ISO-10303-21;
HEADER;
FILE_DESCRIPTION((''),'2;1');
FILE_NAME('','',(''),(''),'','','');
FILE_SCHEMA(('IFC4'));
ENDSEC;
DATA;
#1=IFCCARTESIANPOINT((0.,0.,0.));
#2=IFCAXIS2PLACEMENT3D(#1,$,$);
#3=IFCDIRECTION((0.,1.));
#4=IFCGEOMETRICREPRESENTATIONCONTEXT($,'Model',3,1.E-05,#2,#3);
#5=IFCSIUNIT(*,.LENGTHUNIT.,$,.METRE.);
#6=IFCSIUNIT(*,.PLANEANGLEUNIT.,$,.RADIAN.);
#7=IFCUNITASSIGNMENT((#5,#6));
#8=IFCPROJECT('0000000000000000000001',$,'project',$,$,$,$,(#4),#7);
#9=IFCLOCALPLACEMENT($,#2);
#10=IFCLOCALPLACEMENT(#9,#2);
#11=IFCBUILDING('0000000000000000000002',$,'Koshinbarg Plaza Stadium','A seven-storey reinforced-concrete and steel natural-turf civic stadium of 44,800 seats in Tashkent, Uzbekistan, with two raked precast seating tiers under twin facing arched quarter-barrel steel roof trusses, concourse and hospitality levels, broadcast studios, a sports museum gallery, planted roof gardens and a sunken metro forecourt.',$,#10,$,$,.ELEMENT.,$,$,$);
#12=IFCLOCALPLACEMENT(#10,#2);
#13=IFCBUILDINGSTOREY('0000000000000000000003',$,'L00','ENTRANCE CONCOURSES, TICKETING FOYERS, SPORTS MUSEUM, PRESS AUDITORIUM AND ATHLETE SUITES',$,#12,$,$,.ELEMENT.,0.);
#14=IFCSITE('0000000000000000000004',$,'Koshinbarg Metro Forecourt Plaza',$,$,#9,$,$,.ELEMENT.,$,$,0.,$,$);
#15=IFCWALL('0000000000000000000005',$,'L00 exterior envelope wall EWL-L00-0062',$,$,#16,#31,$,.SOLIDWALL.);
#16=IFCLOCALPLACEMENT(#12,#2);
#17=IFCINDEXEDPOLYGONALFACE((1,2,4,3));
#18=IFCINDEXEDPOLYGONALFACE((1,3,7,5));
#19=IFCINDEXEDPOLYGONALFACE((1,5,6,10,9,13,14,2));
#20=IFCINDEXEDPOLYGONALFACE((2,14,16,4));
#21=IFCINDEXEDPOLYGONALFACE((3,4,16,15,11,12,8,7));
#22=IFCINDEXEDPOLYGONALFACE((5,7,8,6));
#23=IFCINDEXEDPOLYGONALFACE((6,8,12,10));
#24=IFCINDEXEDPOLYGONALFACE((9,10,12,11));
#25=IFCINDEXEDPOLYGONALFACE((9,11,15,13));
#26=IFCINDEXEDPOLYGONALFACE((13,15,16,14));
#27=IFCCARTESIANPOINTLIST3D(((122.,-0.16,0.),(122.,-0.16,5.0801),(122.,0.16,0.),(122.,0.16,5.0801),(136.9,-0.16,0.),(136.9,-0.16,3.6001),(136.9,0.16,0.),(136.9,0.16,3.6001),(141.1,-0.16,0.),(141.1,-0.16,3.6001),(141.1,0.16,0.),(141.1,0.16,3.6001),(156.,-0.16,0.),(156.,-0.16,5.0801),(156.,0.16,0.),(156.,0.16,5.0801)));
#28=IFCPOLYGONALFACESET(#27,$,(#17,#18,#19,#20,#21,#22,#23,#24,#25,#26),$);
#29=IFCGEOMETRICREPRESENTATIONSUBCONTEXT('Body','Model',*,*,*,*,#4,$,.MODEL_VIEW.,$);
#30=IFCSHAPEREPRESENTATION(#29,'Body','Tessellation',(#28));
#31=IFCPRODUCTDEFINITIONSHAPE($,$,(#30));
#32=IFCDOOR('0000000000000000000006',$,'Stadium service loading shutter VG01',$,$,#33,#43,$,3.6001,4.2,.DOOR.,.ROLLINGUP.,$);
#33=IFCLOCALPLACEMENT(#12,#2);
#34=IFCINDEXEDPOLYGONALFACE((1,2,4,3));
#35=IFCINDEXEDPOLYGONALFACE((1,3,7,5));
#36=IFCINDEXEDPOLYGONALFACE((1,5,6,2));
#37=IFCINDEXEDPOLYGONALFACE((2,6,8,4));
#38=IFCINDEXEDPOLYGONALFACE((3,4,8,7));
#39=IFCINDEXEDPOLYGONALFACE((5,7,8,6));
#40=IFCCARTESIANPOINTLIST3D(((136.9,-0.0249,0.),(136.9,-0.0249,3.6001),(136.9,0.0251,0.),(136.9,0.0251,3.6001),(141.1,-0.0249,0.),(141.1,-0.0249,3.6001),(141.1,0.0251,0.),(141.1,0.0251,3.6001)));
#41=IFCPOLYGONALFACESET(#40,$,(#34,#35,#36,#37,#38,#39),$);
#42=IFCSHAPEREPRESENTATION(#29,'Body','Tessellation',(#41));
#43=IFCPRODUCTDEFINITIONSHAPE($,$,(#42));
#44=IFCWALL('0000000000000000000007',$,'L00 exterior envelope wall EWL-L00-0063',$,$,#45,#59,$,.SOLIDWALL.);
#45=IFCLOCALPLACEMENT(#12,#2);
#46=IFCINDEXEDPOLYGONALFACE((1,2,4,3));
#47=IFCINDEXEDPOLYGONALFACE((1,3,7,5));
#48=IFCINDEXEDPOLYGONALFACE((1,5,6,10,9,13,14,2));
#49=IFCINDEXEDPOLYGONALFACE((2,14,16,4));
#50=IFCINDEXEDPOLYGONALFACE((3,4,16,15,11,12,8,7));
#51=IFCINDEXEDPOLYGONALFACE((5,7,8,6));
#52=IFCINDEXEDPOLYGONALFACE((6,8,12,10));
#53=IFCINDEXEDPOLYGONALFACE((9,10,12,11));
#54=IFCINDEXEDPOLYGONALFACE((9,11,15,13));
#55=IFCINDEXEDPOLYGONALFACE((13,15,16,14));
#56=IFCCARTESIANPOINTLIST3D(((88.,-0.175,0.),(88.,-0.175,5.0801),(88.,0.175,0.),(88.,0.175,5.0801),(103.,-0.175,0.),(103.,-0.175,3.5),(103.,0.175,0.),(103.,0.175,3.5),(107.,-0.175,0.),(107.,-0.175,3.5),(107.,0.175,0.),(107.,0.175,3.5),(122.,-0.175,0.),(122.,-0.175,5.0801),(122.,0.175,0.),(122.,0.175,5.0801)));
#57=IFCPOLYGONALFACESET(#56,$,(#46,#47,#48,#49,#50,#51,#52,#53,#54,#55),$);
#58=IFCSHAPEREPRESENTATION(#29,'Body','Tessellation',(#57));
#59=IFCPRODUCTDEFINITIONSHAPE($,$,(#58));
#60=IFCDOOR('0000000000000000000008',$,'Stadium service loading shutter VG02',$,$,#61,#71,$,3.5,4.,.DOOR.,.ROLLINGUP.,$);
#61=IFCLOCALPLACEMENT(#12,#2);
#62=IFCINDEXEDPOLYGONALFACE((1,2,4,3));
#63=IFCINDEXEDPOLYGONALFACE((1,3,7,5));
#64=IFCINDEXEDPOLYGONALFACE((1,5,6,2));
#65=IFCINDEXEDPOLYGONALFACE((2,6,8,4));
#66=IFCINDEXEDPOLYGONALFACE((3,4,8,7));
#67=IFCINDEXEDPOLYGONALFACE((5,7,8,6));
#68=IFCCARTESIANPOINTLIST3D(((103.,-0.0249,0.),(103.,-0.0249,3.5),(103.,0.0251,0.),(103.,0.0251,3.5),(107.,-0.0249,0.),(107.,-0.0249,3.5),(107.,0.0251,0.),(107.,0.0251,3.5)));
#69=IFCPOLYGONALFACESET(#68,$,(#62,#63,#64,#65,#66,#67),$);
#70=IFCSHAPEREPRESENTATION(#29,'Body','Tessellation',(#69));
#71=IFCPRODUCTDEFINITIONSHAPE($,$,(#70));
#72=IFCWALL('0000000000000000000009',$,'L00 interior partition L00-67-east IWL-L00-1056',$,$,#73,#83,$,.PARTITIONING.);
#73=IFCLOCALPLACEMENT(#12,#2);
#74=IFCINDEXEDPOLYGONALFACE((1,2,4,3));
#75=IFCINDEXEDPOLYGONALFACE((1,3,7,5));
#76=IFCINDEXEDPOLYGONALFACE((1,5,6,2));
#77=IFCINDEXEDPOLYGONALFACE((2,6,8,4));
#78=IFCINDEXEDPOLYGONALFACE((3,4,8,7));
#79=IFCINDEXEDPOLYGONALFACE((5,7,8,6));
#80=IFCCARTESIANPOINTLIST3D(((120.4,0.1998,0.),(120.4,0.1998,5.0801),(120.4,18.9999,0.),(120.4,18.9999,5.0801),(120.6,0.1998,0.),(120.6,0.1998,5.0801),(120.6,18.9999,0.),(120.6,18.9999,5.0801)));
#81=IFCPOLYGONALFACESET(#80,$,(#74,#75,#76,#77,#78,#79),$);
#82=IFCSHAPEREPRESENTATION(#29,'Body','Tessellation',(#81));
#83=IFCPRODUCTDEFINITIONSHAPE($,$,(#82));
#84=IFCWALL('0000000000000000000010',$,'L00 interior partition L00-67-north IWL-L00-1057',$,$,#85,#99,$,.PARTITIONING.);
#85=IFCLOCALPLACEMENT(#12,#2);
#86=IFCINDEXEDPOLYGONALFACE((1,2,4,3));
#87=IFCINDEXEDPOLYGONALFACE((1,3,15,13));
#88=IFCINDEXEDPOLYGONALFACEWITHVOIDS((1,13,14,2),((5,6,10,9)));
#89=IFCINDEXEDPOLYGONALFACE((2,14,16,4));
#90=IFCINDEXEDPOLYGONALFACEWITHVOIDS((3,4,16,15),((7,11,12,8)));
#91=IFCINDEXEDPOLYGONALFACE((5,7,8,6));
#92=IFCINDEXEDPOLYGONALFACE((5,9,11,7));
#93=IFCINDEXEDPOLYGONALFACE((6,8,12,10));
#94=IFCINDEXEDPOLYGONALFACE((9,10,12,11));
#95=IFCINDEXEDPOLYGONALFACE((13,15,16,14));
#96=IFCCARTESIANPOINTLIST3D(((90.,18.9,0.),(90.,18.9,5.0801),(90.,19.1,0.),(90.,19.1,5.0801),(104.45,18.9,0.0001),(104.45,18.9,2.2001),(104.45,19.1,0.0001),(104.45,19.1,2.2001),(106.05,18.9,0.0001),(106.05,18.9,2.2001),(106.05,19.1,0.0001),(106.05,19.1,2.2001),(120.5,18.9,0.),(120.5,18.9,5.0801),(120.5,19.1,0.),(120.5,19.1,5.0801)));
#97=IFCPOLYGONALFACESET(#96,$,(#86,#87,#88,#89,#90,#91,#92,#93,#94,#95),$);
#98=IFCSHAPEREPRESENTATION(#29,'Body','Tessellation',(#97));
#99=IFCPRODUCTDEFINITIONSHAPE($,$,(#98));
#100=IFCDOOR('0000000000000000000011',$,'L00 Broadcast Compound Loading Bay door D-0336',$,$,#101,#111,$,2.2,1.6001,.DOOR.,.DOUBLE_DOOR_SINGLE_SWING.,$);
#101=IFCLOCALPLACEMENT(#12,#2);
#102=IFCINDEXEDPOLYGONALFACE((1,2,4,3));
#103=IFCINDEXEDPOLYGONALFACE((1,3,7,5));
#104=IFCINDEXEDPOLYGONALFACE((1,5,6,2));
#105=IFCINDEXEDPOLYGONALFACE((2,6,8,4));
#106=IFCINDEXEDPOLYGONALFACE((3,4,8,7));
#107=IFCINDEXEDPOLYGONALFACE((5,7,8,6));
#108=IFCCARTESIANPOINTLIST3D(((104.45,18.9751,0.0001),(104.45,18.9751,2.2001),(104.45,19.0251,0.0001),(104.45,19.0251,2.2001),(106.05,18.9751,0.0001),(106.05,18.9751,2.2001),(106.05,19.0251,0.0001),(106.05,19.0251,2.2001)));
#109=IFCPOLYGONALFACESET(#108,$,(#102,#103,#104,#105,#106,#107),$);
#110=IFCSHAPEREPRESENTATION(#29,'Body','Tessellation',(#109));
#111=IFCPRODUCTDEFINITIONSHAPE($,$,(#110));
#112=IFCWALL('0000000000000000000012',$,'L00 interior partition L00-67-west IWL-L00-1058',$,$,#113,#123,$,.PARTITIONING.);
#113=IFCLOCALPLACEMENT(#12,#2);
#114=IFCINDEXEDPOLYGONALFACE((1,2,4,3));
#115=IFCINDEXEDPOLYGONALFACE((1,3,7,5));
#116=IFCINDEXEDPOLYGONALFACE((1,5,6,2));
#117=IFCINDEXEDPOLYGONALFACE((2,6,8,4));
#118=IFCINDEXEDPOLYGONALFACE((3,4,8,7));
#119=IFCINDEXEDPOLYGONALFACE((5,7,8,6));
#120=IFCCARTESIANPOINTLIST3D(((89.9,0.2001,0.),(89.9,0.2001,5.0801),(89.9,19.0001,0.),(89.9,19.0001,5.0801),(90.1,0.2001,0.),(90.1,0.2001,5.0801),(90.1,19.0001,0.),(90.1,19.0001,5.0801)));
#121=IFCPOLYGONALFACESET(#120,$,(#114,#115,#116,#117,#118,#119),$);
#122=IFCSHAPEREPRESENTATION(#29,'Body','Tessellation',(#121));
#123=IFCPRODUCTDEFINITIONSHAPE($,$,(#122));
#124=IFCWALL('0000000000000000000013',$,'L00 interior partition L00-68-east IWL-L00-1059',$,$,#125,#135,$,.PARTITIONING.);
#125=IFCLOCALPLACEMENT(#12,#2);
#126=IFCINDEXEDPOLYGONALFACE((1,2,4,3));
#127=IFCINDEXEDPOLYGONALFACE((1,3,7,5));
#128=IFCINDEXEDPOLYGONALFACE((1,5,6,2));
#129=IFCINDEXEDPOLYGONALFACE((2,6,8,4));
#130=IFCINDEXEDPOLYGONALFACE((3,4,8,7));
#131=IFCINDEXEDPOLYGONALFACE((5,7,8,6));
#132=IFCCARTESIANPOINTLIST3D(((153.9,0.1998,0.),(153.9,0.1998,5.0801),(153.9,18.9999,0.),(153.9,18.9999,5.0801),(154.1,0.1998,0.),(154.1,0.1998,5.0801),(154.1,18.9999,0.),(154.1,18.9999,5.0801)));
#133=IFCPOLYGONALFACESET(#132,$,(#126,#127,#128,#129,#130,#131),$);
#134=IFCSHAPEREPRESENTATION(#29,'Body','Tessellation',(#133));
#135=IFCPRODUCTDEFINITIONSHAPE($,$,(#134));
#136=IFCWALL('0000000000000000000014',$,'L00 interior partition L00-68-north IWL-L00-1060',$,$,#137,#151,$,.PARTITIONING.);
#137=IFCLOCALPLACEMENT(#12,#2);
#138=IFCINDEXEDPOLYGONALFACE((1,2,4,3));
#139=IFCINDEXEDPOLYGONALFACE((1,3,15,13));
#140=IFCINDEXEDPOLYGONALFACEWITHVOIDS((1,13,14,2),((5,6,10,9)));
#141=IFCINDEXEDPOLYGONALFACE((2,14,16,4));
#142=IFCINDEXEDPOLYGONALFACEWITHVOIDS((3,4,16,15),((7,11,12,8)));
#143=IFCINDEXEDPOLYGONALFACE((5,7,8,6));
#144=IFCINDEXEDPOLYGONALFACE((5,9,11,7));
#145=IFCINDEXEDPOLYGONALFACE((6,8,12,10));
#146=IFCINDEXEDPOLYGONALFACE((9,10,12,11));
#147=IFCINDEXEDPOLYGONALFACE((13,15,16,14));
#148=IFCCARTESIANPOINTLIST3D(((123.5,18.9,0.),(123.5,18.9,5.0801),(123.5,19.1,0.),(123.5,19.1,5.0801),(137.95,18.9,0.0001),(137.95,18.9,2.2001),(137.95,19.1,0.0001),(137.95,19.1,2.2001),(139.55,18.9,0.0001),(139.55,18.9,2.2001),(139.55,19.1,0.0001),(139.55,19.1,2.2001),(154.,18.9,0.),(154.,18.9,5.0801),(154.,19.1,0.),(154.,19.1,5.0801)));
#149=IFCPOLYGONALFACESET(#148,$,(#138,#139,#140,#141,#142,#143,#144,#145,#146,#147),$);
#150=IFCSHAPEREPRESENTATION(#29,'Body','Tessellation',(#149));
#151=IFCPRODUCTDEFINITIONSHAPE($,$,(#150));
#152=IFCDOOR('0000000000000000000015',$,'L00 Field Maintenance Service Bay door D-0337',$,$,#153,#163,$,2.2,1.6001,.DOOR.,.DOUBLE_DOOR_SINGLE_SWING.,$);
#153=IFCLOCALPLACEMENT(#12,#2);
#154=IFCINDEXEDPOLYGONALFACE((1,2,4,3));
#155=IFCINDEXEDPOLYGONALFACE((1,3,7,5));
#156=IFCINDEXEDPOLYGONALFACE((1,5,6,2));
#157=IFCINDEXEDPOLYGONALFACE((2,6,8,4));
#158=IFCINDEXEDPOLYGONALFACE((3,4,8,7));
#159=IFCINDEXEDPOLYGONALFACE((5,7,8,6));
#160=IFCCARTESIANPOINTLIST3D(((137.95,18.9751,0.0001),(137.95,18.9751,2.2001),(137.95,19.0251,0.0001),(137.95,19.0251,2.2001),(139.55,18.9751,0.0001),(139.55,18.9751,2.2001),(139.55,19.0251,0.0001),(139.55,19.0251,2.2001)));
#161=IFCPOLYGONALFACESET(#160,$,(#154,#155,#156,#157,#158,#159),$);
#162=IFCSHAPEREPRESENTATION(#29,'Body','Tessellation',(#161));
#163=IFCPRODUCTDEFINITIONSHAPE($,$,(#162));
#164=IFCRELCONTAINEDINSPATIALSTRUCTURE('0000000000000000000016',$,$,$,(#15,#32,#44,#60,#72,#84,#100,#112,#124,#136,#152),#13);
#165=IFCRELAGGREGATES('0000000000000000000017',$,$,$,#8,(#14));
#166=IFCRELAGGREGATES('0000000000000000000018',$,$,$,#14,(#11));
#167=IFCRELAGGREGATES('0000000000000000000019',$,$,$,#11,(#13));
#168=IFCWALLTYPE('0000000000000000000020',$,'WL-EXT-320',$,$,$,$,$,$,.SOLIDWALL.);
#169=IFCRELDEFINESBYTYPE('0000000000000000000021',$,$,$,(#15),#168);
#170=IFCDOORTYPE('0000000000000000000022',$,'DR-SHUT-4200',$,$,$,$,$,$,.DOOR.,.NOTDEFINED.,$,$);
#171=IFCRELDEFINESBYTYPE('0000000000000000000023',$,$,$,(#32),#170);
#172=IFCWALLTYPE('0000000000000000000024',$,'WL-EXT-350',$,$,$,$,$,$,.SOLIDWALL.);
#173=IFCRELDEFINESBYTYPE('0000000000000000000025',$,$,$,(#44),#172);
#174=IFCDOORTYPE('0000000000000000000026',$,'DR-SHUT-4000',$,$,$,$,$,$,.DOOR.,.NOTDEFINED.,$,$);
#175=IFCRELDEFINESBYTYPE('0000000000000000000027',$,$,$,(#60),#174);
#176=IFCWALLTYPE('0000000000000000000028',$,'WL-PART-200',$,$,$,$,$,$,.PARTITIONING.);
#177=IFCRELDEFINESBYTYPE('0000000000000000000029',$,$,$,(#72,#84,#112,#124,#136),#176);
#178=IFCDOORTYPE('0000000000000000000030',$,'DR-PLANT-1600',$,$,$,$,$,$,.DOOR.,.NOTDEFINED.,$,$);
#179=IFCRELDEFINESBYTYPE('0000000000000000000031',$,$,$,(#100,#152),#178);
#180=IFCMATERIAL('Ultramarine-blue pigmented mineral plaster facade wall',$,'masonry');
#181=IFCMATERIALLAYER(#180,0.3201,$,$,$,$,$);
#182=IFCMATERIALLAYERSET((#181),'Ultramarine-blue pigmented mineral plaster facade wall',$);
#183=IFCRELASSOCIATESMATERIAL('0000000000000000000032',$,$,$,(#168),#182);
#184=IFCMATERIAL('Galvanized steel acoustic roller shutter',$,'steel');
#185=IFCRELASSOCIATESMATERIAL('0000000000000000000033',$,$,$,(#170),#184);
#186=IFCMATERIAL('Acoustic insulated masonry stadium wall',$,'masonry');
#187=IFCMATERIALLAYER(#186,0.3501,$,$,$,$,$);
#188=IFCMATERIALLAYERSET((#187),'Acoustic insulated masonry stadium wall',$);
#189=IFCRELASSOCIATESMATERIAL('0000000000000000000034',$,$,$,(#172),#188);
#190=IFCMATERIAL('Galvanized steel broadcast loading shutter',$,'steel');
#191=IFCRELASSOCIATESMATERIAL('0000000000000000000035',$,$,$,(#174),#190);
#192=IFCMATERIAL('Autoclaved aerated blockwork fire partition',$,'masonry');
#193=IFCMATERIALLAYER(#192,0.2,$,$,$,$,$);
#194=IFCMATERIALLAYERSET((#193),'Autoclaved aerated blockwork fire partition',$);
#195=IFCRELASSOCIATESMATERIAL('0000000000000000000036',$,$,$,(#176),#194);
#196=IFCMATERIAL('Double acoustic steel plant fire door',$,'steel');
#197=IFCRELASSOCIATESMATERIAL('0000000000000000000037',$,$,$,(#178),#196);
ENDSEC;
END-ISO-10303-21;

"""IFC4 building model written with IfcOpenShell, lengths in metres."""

from ifc_helpers import new_model, si_unit, direction, frame, frame_2d, origin, place, context, subcontext, project, spatial, rectangle, extrude, material, layer, layer_set, type_object, element, fill, save


model = new_model("IFC4")

# Units and contexts
model_context = context("Model", 3, precision=1e-05, world=origin(), true_north=direction((0.0, 1.0)))
body_context = subcontext(model_context, "Body", "Model", "MODEL_VIEW")
ifc_project = project(units=[si_unit("LENGTHUNIT", "METRE"), si_unit("PLANEANGLEUNIT", "RADIAN")], contexts=[model_context])

# Site, building, storey
site_placement = place(None, origin())
site = spatial("IfcSite", under=ifc_project, at=site_placement, Name="Koshinbarg Metro Forecourt Plaza", CompositionType="ELEMENT", RefElevation=0.0)
building_placement = place(site_placement, origin())
building = spatial("IfcBuilding", under=site, at=building_placement, Name="Koshinbarg Plaza Stadium", Description="A seven-storey reinforced-concrete and steel natural-turf civic stadium of 44,800 seats in Tashkent, Uzbekistan, with two raked precast seating tiers under twin facing arched quarter-barrel steel roof trusses, concourse and hospitality levels, broadcast studios, a sports museum gallery, planted roof gardens and a sunken metro forecourt.", CompositionType="ELEMENT")
storey_placement = place(building_placement, origin())
storey = spatial("IfcBuildingStorey", under=building, at=storey_placement, Name="L00", Description="ENTRANCE CONCOURSES, TICKETING FOYERS, SPORTS MUSEUM, PRESS AUDITORIUM AND ATHLETE SUITES", CompositionType="ELEMENT", Elevation=0.0)

# Walls, openings, doors
ifc_material_1 = material(Name="Ultramarine-blue pigmented mineral plaster facade wall", Category="masonry")
ifc_layer_1 = layer(ifc_material_1, 0.3201)
ifc_layer_set_1 = layer_set([ifc_layer_1], Name="Ultramarine-blue pigmented mineral plaster facade wall")
wall_type_1 = type_object("IfcWallType", Name="WL-EXT-320", PredefinedType="SOLIDWALL", material=ifc_layer_set_1)
wall_1_placement = place(storey_placement, frame((156.0, 0.0, 0.0), z_axis=(0.0, 0.0, 1.0), x_axis=(-1.0, 0.0, 0.0)))
wall_1 = element("IfcWall", 1, at=wall_1_placement, inside=storey, type_object=wall_type_1, Name="L00 exterior envelope wall EWL-L00-0062", PredefinedType="SOLIDWALL", context=body_context, shape_type="SweptSolid", body=[
    extrude(rectangle(XDim=34.0, YDim=0.3201, at=frame_2d((17.0, 0.0))), origin(), (0.0, 0.0, 1.0), 5.0801),
])
opening_1_placement = place(wall_1_placement, frame((14.8999, 0.0, 0.0)))
opening_1 = element("IfcOpeningElement", 2, at=opening_1_placement, cuts=wall_1, PredefinedType="OPENING", context=body_context, shape_type="SweptSolid", body=[
    extrude(rectangle(XDim=4.2, YDim=3.6001, at=frame_2d((2.1001, 1.8))), frame((0.0, 0.1699, 0.0), z_axis=(0.0, -1.0, 0.0), x_axis=(1.0, 0.0, 0.0)), (0.0, 0.0, 1.0), 0.3401),
])
ifc_material_2 = material(Name="Galvanized steel acoustic roller shutter", Category="steel")
door_type_1 = type_object("IfcDoorType", Name="DR-SHUT-4200", OperationType="NOTDEFINED", PredefinedType="DOOR", material=ifc_material_2)
door_1_placement = place(opening_1_placement, origin())
door_1 = element("IfcDoor", 3, at=door_1_placement, inside=storey, type_object=door_type_1, Name="Stadium service loading shutter VG01", OperationType="ROLLINGUP", OverallHeight=3.6001, OverallWidth=4.2, PredefinedType="DOOR", context=body_context, shape_type="SweptSolid", body=[
    extrude(rectangle(XDim=4.2, YDim=3.6001, at=frame_2d((2.1001, 1.8))), frame((0.0, 0.0249, 0.0), z_axis=(0.0, -1.0, 0.0), x_axis=(1.0, 0.0, 0.0)), (0.0, 0.0, 1.0), 0.05),
])
fill(opening_1, door_1)
ifc_material_3 = material(Name="Acoustic insulated masonry stadium wall", Category="masonry")
ifc_layer_2 = layer(ifc_material_3, 0.3501)
ifc_layer_set_2 = layer_set([ifc_layer_2], Name="Acoustic insulated masonry stadium wall")
wall_type_2 = type_object("IfcWallType", Name="WL-EXT-350", PredefinedType="SOLIDWALL", material=ifc_layer_set_2)
wall_2_placement = place(storey_placement, frame((122.0, 0.0, 0.0), z_axis=(0.0, 0.0, 1.0), x_axis=(-1.0, 0.0, 0.0)))
wall_2 = element("IfcWall", 4, at=wall_2_placement, inside=storey, type_object=wall_type_2, Name="L00 exterior envelope wall EWL-L00-0063", PredefinedType="SOLIDWALL", context=body_context, shape_type="SweptSolid", body=[
    extrude(rectangle(XDim=34.0, YDim=0.3501, at=frame_2d((17.0, 0.0))), origin(), (0.0, 0.0, 1.0), 5.0801),
])
opening_2_placement = place(wall_2_placement, frame((15.0, 0.0, 0.0)))
opening_2 = element("IfcOpeningElement", 5, at=opening_2_placement, cuts=wall_2, PredefinedType="OPENING", context=body_context, shape_type="SweptSolid", body=[
    extrude(rectangle(XDim=4.0, YDim=3.5, at=frame_2d((2.0, 1.75))), frame((0.0, 0.1851, 0.0), z_axis=(0.0, -1.0, 0.0), x_axis=(1.0, 0.0, 0.0)), (0.0, 0.0, 1.0), 0.3701),
])
ifc_material_4 = material(Name="Galvanized steel broadcast loading shutter", Category="steel")
door_type_2 = type_object("IfcDoorType", Name="DR-SHUT-4000", OperationType="NOTDEFINED", PredefinedType="DOOR", material=ifc_material_4)
door_2_placement = place(opening_2_placement, origin())
door_2 = element("IfcDoor", 6, at=door_2_placement, inside=storey, type_object=door_type_2, Name="Stadium service loading shutter VG02", OperationType="ROLLINGUP", OverallHeight=3.5, OverallWidth=4.0, PredefinedType="DOOR", context=body_context, shape_type="SweptSolid", body=[
    extrude(rectangle(XDim=4.0, YDim=3.5, at=frame_2d((2.0, 1.75))), frame((0.0, 0.0249, 0.0), z_axis=(0.0, -1.0, 0.0), x_axis=(1.0, 0.0, 0.0)), (0.0, 0.0, 1.0), 0.05),
])
fill(opening_2, door_2)

# Wall
ifc_material_5 = material(Name="Autoclaved aerated blockwork fire partition", Category="masonry")
ifc_layer_3 = layer(ifc_material_5, 0.2)
ifc_layer_set_3 = layer_set([ifc_layer_3], Name="Autoclaved aerated blockwork fire partition")
wall_type_3 = type_object("IfcWallType", Name="WL-PART-200", PredefinedType="PARTITIONING", material=ifc_layer_set_3)
wall_3_placement = place(storey_placement, frame((120.5, 0.2, 0.0), z_axis=(0.0, 0.0, 1.0), x_axis=(0.0, 1.0, 0.0)))
element("IfcWall", 7, at=wall_3_placement, inside=storey, type_object=wall_type_3, Name="L00 interior partition L00-67-east IWL-L00-1056", PredefinedType="PARTITIONING", context=body_context, shape_type="SweptSolid", body=[
    extrude(rectangle(XDim=18.8, YDim=0.2, at=frame_2d((9.3999, 0.0))), origin(), (0.0, 0.0, 1.0), 5.0801),
])

# Wall, opening, door
wall_4_placement = place(storey_placement, frame((120.5, 19.0, 0.0), z_axis=(0.0, 0.0, 1.0), x_axis=(-1.0, 0.0, 0.0)))
wall_4 = element("IfcWall", 8, at=wall_4_placement, inside=storey, type_object=wall_type_3, Name="L00 interior partition L00-67-north IWL-L00-1057", PredefinedType="PARTITIONING", context=body_context, shape_type="SweptSolid", body=[
    extrude(rectangle(XDim=30.5, YDim=0.2, at=frame_2d((15.25, 0.0))), origin(), (0.0, 0.0, 1.0), 5.0801),
])
opening_3_placement = place(wall_4_placement, frame((14.45, 0.0, 0.0)))
opening_3 = element("IfcOpeningElement", 9, at=opening_3_placement, cuts=wall_4, PredefinedType="OPENING", context=body_context, shape_type="SweptSolid", body=[
    extrude(rectangle(XDim=1.6001, YDim=2.2, at=frame_2d((0.8, 1.1001))), frame((0.0, 0.1099, 0.0), z_axis=(0.0, -1.0, 0.0), x_axis=(1.0, 0.0, 0.0)), (0.0, 0.0, 1.0), 0.22),
])
ifc_material_6 = material(Name="Double acoustic steel plant fire door", Category="steel")
door_type_3 = type_object("IfcDoorType", Name="DR-PLANT-1600", OperationType="NOTDEFINED", PredefinedType="DOOR", material=ifc_material_6)
door_3_placement = place(opening_3_placement, origin())
door_3 = element("IfcDoor", 10, at=door_3_placement, inside=storey, type_object=door_type_3, Name="L00 Broadcast Compound Loading Bay door D-0336", OperationType="DOUBLE_DOOR_SINGLE_SWING", OverallHeight=2.2, OverallWidth=1.6001, PredefinedType="DOOR", context=body_context, shape_type="SweptSolid", body=[
    extrude(rectangle(XDim=1.6001, YDim=2.2, at=frame_2d((0.8, 1.1001))), frame((0.0, 0.0249, 0.0), z_axis=(0.0, -1.0, 0.0), x_axis=(1.0, 0.0, 0.0)), (0.0, 0.0, 1.0), 0.05),
])
fill(opening_3, door_3)

# Walls
for number, where, z_axis, x_axis, name in (
    (11, (90.0, 19.0, 0.0), (0.0, 0.0, 1.0), (0.0, -1.0, 0.0), "L00 interior partition L00-67-west IWL-L00-1058"),
    (12, (154.0, 0.2, 0.0), (0.0, 0.0, 1.0), (0.0, 1.0, 0.0), "L00 interior partition L00-68-east IWL-L00-1059"),
):
    element("IfcWall", number, at=place(storey_placement, frame(where, z_axis=z_axis, x_axis=x_axis)), inside=storey, type_object=wall_type_3, Name=name, PredefinedType="PARTITIONING", context=body_context, shape_type="SweptSolid", body=[
        extrude(rectangle(XDim=18.8, YDim=0.2, at=frame_2d((9.3999, 0.0))), origin(), (0.0, 0.0, 1.0), 5.0801),
    ])

# Wall, opening, door
wall_5_placement = place(storey_placement, frame((154.0, 19.0, 0.0), z_axis=(0.0, 0.0, 1.0), x_axis=(-1.0, 0.0, 0.0)))
wall_5 = element("IfcWall", 13, at=wall_5_placement, inside=storey, type_object=wall_type_3, Name="L00 interior partition L00-68-north IWL-L00-1060", PredefinedType="PARTITIONING", context=body_context, shape_type="SweptSolid", body=[
    extrude(rectangle(XDim=30.5, YDim=0.2, at=frame_2d((15.25, 0.0))), origin(), (0.0, 0.0, 1.0), 5.0801),
])
opening_4_placement = place(wall_5_placement, frame((14.45, 0.0, 0.0)))
opening_4 = element("IfcOpeningElement", 14, at=opening_4_placement, cuts=wall_5, PredefinedType="OPENING", context=body_context, shape_type="SweptSolid", body=[
    extrude(rectangle(XDim=1.6001, YDim=2.2, at=frame_2d((0.8, 1.1001))), frame((0.0, 0.1099, 0.0), z_axis=(0.0, -1.0, 0.0), x_axis=(1.0, 0.0, 0.0)), (0.0, 0.0, 1.0), 0.22),
])
door_4_placement = place(opening_4_placement, origin())
door_4 = element("IfcDoor", 15, at=door_4_placement, inside=storey, type_object=door_type_3, Name="L00 Field Maintenance Service Bay door D-0337", OperationType="DOUBLE_DOOR_SINGLE_SWING", OverallHeight=2.2, OverallWidth=1.6001, PredefinedType="DOOR", context=body_context, shape_type="SweptSolid", body=[
    extrude(rectangle(XDim=1.6001, YDim=2.2, at=frame_2d((0.8, 1.1001))), frame((0.0, 0.0249, 0.0), z_axis=(0.0, -1.0, 0.0), x_axis=(1.0, 0.0, 0.0)), (0.0, 0.0, 1.0), 0.05),
])
fill(opening_4, door_4)

save(model, "model.ifc")
